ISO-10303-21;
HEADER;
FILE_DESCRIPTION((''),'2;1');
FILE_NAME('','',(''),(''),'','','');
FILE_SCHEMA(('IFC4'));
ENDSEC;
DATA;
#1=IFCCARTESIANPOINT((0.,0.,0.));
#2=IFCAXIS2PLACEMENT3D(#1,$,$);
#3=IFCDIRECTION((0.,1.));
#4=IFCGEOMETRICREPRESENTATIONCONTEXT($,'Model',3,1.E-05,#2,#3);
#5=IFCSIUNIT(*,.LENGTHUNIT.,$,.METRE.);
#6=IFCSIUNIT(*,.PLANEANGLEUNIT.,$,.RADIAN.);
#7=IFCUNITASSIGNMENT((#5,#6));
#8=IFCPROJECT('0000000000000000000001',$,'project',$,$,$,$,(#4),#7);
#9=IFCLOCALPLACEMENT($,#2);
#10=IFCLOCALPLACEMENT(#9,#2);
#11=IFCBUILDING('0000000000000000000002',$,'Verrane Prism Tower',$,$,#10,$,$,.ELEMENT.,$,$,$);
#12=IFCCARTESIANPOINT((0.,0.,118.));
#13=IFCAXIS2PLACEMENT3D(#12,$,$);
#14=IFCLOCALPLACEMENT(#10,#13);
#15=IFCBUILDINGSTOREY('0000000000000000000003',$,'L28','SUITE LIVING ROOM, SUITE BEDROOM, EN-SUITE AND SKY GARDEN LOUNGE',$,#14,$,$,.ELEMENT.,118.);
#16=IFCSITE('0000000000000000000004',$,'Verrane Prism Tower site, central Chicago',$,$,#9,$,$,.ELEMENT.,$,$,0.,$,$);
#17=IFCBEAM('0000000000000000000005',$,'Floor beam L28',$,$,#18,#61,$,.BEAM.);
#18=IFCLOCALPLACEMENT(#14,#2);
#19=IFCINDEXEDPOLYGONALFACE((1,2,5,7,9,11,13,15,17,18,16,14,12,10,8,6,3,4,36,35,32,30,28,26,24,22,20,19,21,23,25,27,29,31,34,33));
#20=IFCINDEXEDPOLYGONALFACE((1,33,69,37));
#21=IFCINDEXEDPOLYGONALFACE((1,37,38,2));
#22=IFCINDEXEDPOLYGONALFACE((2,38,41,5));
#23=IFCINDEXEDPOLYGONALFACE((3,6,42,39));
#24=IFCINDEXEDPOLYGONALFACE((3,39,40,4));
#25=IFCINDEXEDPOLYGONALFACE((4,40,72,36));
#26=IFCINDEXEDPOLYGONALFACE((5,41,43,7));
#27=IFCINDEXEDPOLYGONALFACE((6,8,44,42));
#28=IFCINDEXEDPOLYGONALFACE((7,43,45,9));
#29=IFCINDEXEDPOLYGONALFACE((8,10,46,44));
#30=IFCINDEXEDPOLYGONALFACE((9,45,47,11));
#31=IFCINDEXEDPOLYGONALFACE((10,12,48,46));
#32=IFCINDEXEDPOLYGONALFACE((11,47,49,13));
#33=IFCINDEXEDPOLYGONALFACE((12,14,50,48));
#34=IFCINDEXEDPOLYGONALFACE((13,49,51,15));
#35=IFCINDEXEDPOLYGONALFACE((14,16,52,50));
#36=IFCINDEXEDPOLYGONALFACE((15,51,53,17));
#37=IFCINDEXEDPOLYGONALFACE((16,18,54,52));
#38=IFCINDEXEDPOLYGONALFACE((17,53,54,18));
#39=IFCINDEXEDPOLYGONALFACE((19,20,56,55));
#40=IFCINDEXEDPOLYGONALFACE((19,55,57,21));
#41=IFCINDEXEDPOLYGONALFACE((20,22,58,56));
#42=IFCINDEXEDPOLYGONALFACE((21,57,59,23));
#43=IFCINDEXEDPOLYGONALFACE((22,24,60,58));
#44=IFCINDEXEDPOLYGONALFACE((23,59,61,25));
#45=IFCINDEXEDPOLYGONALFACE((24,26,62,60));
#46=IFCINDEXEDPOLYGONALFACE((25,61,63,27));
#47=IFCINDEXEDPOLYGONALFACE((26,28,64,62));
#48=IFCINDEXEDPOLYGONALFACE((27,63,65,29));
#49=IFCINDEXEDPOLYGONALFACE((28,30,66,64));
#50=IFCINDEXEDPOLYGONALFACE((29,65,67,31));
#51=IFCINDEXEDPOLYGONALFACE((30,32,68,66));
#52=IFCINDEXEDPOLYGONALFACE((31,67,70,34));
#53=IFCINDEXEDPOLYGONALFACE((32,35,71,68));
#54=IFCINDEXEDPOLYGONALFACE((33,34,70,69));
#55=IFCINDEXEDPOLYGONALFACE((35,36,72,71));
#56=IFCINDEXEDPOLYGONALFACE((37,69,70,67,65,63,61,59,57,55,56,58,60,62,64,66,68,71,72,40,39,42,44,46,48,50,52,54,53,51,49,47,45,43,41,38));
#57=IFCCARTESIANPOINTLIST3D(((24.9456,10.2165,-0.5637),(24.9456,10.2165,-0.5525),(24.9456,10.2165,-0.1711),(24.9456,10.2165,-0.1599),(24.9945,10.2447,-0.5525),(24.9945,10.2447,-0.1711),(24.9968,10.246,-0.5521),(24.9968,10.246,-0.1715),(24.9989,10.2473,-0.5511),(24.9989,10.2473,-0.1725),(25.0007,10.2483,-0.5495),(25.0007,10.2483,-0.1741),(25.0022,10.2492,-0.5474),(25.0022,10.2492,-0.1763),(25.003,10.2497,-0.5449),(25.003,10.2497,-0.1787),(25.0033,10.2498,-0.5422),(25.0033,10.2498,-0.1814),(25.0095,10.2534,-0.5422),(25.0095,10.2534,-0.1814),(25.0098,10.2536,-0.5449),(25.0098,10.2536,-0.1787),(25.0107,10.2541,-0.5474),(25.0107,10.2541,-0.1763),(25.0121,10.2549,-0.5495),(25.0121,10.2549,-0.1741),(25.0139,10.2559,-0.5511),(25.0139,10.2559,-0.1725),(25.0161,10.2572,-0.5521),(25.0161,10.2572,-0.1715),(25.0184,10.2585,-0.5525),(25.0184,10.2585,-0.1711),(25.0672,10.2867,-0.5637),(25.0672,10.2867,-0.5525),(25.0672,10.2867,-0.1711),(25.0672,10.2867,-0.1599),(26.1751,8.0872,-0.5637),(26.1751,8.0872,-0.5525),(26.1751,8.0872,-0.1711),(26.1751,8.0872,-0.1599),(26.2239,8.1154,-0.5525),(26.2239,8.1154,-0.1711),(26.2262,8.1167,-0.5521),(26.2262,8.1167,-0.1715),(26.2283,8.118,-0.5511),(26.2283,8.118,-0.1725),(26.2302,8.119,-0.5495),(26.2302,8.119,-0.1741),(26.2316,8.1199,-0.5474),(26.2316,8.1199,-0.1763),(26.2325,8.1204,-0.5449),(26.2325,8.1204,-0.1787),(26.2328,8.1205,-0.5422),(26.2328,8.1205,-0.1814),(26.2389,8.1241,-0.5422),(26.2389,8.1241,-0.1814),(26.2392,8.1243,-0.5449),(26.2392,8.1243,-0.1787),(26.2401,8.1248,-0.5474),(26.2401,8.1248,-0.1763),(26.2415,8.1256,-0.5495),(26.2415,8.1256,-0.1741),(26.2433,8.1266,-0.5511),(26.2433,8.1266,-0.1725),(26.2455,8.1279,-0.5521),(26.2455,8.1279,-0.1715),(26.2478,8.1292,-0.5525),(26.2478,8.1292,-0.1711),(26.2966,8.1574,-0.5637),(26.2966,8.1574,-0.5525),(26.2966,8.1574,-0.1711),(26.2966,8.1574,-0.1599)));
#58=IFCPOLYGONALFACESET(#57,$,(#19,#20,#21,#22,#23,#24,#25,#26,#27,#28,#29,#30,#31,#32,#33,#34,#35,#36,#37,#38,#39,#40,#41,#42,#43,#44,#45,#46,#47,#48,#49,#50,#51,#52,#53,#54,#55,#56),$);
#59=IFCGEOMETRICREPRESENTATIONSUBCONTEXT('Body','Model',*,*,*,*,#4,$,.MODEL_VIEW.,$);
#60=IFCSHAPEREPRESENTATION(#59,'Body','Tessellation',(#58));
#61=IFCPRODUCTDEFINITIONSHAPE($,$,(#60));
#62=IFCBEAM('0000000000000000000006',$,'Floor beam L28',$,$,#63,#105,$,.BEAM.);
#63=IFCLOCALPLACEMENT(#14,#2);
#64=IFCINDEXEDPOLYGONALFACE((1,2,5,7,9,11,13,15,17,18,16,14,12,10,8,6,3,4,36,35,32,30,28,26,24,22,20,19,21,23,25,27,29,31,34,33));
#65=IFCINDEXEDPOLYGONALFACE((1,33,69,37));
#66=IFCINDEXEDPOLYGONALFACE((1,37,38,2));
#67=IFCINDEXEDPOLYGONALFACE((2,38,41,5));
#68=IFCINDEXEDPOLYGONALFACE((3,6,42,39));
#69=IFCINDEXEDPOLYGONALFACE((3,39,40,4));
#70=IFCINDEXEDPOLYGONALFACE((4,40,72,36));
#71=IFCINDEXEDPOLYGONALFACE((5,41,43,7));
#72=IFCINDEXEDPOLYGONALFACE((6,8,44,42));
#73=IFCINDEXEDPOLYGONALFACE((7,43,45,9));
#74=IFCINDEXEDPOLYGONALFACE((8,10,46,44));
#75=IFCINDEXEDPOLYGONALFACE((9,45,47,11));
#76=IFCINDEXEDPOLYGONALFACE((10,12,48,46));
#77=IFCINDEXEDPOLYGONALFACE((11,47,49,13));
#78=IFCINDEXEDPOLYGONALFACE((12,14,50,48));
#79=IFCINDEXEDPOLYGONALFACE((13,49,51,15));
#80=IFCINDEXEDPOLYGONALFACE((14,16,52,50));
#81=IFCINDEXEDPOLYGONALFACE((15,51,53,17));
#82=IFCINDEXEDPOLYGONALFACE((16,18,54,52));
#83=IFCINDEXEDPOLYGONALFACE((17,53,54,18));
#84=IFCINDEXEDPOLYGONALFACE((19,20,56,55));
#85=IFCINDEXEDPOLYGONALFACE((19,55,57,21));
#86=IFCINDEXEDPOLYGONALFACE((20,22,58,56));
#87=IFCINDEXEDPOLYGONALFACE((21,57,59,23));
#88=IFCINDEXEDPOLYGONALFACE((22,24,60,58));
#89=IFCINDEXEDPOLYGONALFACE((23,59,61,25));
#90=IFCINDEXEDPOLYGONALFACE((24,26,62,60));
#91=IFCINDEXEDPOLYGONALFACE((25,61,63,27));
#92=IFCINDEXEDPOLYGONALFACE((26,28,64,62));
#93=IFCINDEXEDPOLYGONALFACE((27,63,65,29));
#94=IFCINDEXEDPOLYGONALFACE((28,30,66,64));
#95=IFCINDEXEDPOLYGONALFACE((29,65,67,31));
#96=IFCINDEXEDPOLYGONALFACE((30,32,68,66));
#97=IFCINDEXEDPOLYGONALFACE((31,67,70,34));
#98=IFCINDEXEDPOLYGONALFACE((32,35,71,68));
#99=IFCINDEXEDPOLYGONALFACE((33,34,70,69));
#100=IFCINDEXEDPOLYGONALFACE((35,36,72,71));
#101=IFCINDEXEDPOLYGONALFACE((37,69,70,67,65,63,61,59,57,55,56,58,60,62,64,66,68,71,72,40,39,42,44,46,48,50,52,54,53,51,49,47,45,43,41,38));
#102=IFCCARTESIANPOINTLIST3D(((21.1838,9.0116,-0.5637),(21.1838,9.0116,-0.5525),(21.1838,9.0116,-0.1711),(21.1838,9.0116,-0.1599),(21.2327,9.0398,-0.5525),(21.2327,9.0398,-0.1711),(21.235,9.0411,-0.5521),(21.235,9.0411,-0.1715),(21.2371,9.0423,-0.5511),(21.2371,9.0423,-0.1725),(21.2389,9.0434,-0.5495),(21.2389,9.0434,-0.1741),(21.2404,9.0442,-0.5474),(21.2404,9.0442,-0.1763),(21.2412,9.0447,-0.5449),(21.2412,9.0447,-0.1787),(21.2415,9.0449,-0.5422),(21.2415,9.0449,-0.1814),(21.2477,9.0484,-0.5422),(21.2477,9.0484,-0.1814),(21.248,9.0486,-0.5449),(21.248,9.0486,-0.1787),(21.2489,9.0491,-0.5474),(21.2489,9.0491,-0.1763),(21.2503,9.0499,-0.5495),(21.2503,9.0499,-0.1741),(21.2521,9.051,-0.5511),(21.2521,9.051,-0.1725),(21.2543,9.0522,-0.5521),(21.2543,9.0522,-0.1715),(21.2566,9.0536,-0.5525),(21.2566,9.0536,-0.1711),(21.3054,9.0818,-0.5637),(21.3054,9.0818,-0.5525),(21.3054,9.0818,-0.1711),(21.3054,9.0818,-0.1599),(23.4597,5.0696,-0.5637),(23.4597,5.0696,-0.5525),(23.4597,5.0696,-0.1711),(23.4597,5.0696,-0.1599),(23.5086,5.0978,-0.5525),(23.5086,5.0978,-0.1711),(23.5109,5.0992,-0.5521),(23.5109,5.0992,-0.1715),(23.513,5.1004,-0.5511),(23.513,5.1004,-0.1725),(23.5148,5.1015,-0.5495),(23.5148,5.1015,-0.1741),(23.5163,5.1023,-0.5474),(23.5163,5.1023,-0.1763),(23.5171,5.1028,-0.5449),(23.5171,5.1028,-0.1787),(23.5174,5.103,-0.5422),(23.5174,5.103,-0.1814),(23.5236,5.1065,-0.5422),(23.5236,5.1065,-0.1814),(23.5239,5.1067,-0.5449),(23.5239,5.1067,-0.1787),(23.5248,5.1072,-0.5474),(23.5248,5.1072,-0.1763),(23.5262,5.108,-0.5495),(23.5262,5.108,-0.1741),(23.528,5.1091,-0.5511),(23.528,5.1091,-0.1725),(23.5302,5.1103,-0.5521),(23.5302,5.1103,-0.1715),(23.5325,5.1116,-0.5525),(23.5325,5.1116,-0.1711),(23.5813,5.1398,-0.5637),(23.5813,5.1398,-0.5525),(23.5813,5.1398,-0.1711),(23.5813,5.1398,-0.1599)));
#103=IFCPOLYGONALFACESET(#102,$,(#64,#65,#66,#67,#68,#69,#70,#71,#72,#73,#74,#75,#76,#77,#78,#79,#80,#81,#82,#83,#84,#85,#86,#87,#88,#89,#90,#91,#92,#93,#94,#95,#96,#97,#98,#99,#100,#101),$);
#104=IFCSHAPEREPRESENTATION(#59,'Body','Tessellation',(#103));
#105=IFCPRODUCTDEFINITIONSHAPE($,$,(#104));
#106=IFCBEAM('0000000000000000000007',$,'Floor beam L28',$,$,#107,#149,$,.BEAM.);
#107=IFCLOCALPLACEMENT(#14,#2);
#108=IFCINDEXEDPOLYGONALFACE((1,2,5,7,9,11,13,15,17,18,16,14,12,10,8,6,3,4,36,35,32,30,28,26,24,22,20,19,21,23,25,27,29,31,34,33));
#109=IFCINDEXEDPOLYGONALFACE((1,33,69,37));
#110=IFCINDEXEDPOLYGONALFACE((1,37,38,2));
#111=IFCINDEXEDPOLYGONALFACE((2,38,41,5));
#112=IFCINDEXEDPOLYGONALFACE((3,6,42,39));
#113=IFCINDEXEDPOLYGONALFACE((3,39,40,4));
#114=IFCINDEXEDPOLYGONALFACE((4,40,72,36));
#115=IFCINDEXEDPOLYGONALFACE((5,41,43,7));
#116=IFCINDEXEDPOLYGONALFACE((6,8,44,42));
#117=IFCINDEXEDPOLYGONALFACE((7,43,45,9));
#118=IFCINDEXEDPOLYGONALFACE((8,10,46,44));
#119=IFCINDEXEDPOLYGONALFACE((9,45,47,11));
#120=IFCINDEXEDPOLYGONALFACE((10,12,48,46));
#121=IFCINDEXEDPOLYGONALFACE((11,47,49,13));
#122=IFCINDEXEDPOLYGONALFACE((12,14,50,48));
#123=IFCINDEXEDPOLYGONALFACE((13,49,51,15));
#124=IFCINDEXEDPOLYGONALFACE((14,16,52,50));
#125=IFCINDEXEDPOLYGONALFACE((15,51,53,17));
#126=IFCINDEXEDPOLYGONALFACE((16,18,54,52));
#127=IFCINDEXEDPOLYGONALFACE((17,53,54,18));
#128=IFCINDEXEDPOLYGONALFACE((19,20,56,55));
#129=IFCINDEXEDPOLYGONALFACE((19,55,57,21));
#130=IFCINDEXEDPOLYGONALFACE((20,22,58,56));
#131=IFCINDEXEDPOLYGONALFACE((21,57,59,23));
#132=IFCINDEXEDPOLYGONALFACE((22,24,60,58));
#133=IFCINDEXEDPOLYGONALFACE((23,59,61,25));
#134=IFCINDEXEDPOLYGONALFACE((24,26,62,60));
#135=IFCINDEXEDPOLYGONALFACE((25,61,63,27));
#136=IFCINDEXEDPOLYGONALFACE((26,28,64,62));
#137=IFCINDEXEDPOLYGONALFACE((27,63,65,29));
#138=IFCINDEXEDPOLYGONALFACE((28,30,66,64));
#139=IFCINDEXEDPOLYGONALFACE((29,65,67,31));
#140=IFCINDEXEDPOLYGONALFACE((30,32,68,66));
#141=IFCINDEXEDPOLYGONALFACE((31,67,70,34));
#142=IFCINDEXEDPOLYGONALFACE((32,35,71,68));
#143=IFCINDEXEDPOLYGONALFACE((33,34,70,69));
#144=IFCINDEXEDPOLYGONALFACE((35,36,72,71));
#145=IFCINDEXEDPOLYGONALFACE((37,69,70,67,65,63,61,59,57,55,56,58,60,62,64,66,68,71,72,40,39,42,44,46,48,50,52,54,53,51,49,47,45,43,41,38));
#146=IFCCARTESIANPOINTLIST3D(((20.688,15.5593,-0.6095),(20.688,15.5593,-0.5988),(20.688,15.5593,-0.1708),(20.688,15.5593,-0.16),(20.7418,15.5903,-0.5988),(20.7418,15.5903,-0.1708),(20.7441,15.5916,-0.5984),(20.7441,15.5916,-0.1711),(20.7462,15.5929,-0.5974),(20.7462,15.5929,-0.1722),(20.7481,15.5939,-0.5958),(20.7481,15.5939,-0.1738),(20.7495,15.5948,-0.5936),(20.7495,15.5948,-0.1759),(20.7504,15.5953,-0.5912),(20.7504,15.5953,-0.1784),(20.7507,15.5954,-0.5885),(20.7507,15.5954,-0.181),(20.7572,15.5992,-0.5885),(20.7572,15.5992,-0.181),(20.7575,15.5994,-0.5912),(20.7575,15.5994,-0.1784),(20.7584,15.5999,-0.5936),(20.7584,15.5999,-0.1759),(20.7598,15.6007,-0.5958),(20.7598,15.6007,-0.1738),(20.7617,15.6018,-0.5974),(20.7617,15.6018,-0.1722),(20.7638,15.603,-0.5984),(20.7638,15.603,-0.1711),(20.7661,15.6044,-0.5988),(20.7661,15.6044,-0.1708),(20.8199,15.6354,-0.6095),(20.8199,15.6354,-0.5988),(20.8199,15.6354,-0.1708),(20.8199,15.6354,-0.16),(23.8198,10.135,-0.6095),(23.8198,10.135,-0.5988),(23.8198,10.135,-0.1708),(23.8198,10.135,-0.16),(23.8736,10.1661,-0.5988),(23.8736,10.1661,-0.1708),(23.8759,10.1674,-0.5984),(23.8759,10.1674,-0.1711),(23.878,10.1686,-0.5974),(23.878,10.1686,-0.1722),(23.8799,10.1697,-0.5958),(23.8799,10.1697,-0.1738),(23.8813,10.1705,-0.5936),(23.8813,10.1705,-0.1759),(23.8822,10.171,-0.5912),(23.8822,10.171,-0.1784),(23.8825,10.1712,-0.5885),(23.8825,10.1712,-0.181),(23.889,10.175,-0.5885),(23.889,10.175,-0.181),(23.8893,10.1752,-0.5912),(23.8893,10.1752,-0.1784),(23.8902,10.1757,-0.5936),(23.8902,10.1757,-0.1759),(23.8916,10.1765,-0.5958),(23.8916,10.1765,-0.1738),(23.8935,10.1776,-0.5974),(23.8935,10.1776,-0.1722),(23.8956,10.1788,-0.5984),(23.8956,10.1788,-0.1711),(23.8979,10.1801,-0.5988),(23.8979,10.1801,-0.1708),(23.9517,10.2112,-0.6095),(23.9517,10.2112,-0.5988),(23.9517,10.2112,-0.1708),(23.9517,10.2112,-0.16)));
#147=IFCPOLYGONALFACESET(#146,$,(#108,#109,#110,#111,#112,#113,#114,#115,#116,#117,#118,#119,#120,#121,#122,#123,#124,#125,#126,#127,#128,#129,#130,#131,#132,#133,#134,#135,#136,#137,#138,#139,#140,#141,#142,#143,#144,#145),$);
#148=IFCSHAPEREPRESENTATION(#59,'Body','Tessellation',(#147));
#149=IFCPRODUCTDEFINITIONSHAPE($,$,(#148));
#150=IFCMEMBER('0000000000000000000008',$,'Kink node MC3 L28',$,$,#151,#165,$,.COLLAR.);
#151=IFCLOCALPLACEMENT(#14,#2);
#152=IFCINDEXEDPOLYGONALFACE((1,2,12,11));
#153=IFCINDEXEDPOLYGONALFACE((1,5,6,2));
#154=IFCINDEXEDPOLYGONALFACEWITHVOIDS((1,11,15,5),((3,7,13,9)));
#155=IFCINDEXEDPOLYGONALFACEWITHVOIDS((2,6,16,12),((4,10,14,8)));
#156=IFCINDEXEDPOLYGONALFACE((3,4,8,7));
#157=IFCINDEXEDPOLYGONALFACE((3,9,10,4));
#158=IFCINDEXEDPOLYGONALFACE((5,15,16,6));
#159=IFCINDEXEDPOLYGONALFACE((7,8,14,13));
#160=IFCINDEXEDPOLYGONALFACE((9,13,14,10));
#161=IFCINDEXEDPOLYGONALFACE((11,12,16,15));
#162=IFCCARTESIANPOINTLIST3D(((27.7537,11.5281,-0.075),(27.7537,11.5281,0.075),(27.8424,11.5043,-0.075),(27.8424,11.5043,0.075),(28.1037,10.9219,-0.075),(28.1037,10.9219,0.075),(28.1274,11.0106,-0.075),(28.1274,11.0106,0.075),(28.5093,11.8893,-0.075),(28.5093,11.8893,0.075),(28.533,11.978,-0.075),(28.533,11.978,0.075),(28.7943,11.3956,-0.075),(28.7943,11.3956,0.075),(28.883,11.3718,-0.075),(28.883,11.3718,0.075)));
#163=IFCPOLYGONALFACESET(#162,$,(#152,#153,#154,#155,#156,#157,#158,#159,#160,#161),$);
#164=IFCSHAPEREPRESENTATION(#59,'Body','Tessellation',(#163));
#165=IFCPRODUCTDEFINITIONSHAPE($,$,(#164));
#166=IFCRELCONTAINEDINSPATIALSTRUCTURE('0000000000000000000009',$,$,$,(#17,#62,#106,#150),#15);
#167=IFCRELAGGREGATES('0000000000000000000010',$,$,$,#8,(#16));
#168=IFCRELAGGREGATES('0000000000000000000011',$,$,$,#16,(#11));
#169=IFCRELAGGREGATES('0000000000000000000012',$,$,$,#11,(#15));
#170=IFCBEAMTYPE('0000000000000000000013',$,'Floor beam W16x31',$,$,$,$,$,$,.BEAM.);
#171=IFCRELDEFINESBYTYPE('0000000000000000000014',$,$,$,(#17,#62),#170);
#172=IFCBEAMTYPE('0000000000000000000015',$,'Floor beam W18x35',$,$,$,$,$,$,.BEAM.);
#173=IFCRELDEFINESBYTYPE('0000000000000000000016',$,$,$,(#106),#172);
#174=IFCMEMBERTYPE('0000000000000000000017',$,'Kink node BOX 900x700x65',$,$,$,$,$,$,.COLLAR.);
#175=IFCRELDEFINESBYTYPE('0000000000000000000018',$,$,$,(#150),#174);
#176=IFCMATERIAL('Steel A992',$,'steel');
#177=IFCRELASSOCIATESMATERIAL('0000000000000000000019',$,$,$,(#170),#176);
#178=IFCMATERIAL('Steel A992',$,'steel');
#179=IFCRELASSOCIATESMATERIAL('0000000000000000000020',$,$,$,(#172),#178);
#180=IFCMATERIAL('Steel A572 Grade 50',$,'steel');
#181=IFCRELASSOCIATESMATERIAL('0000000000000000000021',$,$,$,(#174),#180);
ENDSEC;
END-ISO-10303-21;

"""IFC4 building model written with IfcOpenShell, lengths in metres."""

from ifc_helpers import new_model, si_unit, direction, frame, origin, origin_2d, place, context, subcontext, project, spatial, hollow_rectangle, i_section, extrude, material, material_profile, profile_set, type_object, element, save


model = new_model("IFC4")

# Units and contexts
model_context = context("Model", 3, precision=1e-05, world=origin(), true_north=direction((0.0, 1.0)))
body_context = subcontext(model_context, "Body", "Model", "MODEL_VIEW")
ifc_project = project(units=[si_unit("LENGTHUNIT", "METRE"), si_unit("PLANEANGLEUNIT", "RADIAN")], contexts=[model_context])

# Site, building, storey
site_placement = place(None, origin())
site = spatial("IfcSite", under=ifc_project, at=site_placement, Name="Verrane Prism Tower site, central Chicago", CompositionType="ELEMENT", RefElevation=0.0)
building_placement = place(site_placement, origin())
building = spatial("IfcBuilding", under=site, at=building_placement, Name="Verrane Prism Tower", CompositionType="ELEMENT")
storey_placement = place(building_placement, frame((0.0, 0.0, 118.0)))
storey = spatial("IfcBuildingStorey", under=building, at=storey_placement, Name="L28", Description="SUITE LIVING ROOM, SUITE BEDROOM, EN-SUITE AND SKY GARDEN LOUNGE", CompositionType="ELEMENT", Elevation=118.0)

# Beams
ifc_material_1 = material(Name="Steel A992", Category="steel")
ifc_material_profile_1 = material_profile(ifc_material_1, i_section(OverallWidth=0.1404, OverallDepth=0.4038, WebThickness=0.0071, FlangeThickness=0.0112, FilletRadius=0.0103, at=origin_2d()), Name="W16x31")
ifc_profile_set_1 = profile_set([ifc_material_profile_1], Name="Steel A992")
beam_type_1 = type_object("IfcBeamType", Name="Floor beam W16x31", PredefinedType="BEAM", material=ifc_profile_set_1)
beam_1_placement = place(storey_placement, frame((26.2358, 8.1223, -0.3618), z_axis=(-0.500026, 0.86601, 0.0), x_axis=(-0.86601, -0.500026, 0.0)))
element("IfcBeam", 1, at=beam_1_placement, inside=storey, type_object=beam_type_1, Name="Floor beam L28", PredefinedType="BEAM", context=body_context, shape_type="SweptSolid", body=[
    extrude(i_section(OverallWidth=0.1404, OverallDepth=0.4038, WebThickness=0.0071, FlangeThickness=0.0112, FilletRadius=0.0103, at=origin_2d()), origin(), (0.0, 0.0, 1.0), 2.4587),
])
beam_2_placement = place(storey_placement, frame((23.5205, 5.1047, -0.3618), z_axis=(-0.500004, 0.866023, 0.0), x_axis=(-0.866023, -0.500004, 0.0)))
element("IfcBeam", 2, at=beam_2_placement, inside=storey, type_object=beam_type_1, Name="Floor beam L28", PredefinedType="BEAM", context=body_context, shape_type="SweptSolid", body=[
    extrude(i_section(OverallWidth=0.1404, OverallDepth=0.4038, WebThickness=0.0071, FlangeThickness=0.0112, FilletRadius=0.0103, at=origin_2d()), origin(), (0.0, 0.0, 1.0), 4.5518),
])
ifc_material_2 = material(Name="Steel A992", Category="steel")
ifc_material_profile_2 = material_profile(ifc_material_2, i_section(OverallWidth=0.1523, OverallDepth=0.4495, WebThickness=0.0076, FlangeThickness=0.0107, FilletRadius=0.0103, at=origin_2d()), Name="W18x35")
ifc_profile_set_2 = profile_set([ifc_material_profile_2], Name="Steel A992")
beam_type_2 = type_object("IfcBeamType", Name="Floor beam W18x35", PredefinedType="BEAM", material=ifc_profile_set_2)
beam_3_placement = place(storey_placement, frame((23.8857, 10.1731, -0.3848), z_axis=(-0.500013, 0.866018, 0.0), x_axis=(-0.866018, -0.500013, 0.0)))
element("IfcBeam", 3, at=beam_3_placement, inside=storey, type_object=beam_type_2, Name="Floor beam L28", PredefinedType="BEAM", context=body_context, shape_type="SweptSolid", body=[
    extrude(i_section(OverallWidth=0.1523, OverallDepth=0.4495, WebThickness=0.0076, FlangeThickness=0.0107, FilletRadius=0.0103, at=origin_2d()), origin(), (0.0, 0.0, 1.0), 6.2634),
])

# Member
ifc_material_3 = material(Name="Steel A572 Grade 50", Category="steel")
ifc_material_profile_3 = material_profile(ifc_material_3, hollow_rectangle(XDim=0.7, YDim=0.8999, WallThickness=0.0649, at=origin_2d()), Name="BOX 900x700x65")
ifc_profile_set_3 = profile_set([ifc_material_profile_3], Name="Steel A572 Grade 50")
member_type_1 = type_object("IfcMemberType", Name="Kink node BOX 900x700x65", PredefinedType="COLLAR", material=ifc_profile_set_3)
member_1_placement = place(storey_placement, frame((28.3184, 11.45, -0.075), z_axis=(0.0, 0.0, 1.0), x_axis=(0.5, -0.866025, 0.0)))
element("IfcMember", 4, at=member_1_placement, inside=storey, type_object=member_type_1, Name="Kink node MC3 L28", PredefinedType="COLLAR", context=body_context, shape_type="SweptSolid", body=[
    extrude(hollow_rectangle(XDim=0.7, YDim=0.8999, WallThickness=0.0649, at=origin_2d()), origin(), (0.0, 0.0, 1.0), 0.1499),
])

save(model, "model.ifc")
